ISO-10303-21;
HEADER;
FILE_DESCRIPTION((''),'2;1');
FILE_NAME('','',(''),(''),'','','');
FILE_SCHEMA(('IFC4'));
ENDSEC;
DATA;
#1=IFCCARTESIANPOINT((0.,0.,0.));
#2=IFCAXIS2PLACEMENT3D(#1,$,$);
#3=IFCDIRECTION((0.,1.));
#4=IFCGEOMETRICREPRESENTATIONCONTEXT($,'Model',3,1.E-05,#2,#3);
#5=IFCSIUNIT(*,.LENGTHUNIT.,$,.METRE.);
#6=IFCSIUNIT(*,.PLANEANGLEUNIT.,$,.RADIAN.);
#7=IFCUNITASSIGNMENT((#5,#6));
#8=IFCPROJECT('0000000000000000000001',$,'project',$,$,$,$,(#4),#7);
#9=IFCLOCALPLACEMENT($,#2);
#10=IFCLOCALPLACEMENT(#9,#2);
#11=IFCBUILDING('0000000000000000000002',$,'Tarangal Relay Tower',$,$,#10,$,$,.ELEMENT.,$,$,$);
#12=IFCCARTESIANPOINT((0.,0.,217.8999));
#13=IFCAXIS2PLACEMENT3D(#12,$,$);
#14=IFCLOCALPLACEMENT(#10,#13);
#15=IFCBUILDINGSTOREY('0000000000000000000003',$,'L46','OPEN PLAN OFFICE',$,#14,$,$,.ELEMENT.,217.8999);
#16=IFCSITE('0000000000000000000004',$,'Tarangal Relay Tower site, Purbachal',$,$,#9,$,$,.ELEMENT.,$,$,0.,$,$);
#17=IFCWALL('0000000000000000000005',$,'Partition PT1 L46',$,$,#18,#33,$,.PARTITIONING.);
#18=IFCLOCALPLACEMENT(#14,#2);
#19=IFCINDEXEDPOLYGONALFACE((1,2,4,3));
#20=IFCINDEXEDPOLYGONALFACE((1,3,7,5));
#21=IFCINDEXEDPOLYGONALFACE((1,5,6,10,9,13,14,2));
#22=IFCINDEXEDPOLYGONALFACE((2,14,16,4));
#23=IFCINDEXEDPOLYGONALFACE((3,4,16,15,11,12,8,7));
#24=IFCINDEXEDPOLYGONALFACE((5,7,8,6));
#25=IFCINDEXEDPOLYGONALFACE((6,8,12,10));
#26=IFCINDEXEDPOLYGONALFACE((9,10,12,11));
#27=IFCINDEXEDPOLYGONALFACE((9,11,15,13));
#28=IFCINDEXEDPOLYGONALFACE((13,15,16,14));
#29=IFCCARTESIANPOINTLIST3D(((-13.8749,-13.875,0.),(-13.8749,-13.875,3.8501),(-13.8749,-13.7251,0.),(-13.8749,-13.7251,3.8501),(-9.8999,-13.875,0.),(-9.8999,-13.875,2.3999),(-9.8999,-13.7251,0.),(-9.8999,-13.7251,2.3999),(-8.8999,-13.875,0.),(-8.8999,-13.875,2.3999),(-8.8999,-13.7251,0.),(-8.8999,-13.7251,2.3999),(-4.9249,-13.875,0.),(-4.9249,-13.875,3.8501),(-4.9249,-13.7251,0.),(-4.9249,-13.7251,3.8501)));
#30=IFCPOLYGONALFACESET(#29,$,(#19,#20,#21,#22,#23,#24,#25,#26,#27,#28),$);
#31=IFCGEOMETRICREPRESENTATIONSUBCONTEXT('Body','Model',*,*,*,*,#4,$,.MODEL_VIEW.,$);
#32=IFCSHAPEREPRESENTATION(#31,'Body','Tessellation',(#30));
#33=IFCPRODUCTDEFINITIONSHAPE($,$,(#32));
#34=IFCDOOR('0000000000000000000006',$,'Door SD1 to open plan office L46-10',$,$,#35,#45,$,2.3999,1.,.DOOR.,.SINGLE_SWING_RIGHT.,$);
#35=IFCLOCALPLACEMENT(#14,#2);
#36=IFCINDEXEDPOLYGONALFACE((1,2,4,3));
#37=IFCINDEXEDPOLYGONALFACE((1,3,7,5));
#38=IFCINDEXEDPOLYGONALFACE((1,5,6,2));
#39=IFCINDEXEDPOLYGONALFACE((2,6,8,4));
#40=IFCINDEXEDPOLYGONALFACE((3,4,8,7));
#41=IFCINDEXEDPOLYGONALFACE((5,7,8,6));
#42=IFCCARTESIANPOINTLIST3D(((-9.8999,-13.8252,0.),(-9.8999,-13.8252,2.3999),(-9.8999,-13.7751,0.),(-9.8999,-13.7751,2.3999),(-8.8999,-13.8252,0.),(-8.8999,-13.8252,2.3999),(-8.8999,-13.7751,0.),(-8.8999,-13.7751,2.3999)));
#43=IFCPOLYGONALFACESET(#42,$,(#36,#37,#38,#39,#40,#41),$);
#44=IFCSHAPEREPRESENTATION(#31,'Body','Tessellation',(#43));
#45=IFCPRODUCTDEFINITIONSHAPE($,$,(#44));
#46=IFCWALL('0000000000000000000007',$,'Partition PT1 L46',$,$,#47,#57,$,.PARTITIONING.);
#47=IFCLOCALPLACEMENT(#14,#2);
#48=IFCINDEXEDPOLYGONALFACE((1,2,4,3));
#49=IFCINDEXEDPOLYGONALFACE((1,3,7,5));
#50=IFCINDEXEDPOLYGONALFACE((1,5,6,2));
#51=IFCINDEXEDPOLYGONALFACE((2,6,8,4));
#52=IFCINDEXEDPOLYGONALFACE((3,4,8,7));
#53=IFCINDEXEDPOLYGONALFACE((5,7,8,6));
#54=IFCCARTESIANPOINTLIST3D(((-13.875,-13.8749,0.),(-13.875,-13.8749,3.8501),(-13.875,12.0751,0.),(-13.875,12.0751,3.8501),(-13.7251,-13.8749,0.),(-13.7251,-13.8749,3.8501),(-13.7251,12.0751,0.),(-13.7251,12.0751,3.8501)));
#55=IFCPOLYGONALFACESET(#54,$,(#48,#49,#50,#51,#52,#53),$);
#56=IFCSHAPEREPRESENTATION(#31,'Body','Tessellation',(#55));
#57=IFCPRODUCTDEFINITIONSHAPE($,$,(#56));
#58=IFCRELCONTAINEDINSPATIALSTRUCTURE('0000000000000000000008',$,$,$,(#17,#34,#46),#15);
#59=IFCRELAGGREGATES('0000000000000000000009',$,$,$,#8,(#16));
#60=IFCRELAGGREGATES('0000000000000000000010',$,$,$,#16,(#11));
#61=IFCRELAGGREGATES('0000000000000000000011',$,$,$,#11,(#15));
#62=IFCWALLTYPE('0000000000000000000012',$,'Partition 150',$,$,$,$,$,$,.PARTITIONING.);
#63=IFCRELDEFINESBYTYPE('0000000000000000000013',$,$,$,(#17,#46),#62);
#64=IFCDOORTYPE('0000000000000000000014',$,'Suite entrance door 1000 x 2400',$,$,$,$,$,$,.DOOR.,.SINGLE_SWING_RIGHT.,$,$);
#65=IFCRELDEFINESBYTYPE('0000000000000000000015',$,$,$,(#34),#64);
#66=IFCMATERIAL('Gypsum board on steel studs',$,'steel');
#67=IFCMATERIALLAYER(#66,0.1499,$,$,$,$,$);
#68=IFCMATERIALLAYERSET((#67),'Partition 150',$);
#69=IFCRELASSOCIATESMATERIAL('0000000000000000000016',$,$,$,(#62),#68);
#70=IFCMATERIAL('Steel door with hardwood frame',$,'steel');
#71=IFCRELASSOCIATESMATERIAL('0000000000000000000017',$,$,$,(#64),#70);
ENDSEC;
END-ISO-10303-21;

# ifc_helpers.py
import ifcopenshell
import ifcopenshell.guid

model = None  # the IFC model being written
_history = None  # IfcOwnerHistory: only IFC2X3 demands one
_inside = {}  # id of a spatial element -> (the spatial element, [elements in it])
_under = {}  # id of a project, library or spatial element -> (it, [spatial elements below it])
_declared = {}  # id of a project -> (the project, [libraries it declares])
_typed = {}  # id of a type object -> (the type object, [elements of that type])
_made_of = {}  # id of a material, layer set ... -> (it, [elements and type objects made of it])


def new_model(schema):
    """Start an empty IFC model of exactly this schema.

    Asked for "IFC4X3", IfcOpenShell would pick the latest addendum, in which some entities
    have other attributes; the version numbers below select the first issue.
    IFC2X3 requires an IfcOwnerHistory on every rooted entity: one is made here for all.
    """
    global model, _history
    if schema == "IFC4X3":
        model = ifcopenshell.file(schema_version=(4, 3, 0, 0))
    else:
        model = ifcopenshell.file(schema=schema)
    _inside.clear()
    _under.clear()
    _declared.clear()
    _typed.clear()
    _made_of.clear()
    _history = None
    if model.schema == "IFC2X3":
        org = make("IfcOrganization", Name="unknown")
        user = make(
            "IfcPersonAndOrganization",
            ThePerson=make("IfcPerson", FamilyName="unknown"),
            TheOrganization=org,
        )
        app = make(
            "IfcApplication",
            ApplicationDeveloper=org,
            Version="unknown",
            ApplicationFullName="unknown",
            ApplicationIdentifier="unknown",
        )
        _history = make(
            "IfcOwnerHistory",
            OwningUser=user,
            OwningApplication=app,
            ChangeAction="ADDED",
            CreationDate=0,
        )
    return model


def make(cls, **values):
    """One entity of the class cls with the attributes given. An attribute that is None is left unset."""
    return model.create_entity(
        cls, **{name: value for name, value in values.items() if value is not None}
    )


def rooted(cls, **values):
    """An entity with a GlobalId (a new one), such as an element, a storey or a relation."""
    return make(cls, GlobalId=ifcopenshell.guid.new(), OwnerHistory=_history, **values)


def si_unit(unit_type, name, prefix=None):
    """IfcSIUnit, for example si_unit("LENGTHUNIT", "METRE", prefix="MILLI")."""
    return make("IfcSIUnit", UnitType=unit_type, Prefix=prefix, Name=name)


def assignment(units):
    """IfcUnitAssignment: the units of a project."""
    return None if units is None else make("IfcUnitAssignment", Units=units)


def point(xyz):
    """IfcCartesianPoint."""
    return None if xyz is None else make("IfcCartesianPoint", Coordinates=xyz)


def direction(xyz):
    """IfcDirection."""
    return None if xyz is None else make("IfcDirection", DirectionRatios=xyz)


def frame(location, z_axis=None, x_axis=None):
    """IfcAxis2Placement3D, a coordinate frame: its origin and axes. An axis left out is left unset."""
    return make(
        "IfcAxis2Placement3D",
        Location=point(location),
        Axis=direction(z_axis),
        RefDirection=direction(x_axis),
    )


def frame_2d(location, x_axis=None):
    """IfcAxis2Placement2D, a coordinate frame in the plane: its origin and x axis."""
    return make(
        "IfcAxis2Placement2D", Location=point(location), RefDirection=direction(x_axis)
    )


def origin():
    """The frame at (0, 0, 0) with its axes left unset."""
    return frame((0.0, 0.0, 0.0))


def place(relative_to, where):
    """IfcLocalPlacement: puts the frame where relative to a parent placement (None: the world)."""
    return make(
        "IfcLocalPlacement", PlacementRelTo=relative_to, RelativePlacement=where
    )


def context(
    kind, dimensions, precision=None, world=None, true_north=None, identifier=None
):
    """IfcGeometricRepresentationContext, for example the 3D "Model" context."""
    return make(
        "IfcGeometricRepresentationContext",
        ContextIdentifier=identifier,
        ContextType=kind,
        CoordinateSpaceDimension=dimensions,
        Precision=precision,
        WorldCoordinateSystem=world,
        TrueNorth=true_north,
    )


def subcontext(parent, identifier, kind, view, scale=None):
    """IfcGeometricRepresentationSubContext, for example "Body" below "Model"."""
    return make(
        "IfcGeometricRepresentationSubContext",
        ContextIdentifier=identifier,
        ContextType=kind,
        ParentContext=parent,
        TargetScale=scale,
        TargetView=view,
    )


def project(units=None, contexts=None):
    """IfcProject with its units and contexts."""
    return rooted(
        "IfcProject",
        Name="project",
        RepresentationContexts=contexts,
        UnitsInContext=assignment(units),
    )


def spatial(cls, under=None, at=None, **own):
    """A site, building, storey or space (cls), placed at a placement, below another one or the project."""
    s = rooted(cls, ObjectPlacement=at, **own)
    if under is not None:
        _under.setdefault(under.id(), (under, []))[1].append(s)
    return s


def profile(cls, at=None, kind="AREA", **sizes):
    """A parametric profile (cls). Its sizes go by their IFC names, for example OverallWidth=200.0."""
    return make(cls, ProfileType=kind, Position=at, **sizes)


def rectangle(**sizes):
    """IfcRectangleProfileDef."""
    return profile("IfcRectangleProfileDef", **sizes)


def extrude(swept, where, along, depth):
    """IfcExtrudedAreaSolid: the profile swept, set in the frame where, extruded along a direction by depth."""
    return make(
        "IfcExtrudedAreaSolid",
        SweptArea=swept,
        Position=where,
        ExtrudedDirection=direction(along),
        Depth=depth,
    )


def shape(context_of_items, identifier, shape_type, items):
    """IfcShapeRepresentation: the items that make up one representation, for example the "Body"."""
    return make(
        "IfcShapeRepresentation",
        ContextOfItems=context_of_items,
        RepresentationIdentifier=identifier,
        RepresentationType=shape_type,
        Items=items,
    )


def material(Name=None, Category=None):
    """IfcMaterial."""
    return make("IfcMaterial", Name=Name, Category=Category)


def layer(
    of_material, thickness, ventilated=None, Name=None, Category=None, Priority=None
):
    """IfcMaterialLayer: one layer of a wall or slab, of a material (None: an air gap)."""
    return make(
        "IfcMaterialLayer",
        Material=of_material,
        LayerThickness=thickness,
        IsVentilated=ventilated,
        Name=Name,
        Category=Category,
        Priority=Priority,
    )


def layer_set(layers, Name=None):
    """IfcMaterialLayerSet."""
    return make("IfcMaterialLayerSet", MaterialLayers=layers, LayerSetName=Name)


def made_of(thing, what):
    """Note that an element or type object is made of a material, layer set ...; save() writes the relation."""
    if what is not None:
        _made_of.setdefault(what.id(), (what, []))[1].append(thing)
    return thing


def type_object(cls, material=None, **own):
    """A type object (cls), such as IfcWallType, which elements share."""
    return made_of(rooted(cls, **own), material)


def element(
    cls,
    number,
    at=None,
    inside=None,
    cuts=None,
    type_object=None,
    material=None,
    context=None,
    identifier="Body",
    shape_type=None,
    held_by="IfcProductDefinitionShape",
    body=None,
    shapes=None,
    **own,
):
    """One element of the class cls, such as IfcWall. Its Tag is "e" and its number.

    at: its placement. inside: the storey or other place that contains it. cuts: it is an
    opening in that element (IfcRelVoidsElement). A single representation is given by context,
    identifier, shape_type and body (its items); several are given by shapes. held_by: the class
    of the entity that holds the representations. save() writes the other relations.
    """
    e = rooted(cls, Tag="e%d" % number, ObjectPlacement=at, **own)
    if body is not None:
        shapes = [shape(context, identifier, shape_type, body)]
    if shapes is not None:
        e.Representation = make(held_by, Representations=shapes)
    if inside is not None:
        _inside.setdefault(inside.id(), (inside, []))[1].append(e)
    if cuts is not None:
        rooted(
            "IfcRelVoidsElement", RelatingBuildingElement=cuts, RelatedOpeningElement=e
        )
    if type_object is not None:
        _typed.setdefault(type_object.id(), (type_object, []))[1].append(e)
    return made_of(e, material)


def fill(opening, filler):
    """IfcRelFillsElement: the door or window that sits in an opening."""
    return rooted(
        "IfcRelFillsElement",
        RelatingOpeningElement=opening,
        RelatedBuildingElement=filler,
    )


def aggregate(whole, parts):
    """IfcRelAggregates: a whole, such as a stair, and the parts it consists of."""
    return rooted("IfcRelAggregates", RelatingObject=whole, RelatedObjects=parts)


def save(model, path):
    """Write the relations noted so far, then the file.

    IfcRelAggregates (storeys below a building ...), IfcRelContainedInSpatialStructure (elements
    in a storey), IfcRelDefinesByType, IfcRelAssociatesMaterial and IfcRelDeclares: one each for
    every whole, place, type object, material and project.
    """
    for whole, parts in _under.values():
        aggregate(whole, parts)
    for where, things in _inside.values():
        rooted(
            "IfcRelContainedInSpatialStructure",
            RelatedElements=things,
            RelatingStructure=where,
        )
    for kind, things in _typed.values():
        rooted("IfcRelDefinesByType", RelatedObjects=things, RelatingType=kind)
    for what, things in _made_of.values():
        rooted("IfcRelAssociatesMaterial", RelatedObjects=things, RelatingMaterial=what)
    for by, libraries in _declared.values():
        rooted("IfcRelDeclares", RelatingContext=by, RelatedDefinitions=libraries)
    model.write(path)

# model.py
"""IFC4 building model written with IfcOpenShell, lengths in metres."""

from ifc_helpers import new_model, si_unit, direction, frame, frame_2d, origin, place, context, subcontext, project, spatial, rectangle, extrude, material, layer, layer_set, type_object, element, fill, save


model = new_model("IFC4")

# Units and contexts
model_context = context("Model", 3, precision=1e-05, world=origin(), true_north=direction((0.0, 1.0)))
body_context = subcontext(model_context, "Body", "Model", "MODEL_VIEW")
ifc_project = project(units=[si_unit("LENGTHUNIT", "METRE"), si_unit("PLANEANGLEUNIT", "RADIAN")], contexts=[model_context])

# Site, building, storey
site_placement = place(None, origin())
site = spatial("IfcSite", under=ifc_project, at=site_placement, Name="Tarangal Relay Tower site, Purbachal", CompositionType="ELEMENT", RefElevation=0.0)
building_placement = place(site_placement, origin())
building = spatial("IfcBuilding", under=site, at=building_placement, Name="Tarangal Relay Tower", CompositionType="ELEMENT")
storey_placement = place(building_placement, frame((0.0, 0.0, 217.8999)))
storey = spatial("IfcBuildingStorey", under=building, at=storey_placement, Name="L46", Description="OPEN PLAN OFFICE", CompositionType="ELEMENT", Elevation=217.8999)

# Wall, opening, door
ifc_material_1 = material(Name="Gypsum board on steel studs", Category="steel")
ifc_layer_1 = layer(ifc_material_1, 0.1499)
ifc_layer_set_1 = layer_set([ifc_layer_1], Name="Partition 150")
wall_type_1 = type_object("IfcWallType", Name="Partition 150", PredefinedType="PARTITIONING", material=ifc_layer_set_1)
wall_1_placement = place(storey_placement, frame((-13.875, -13.8, 0.0), z_axis=(0.0, 0.0, 1.0), x_axis=(1.0, 0.0, 0.0)))
wall_1 = element("IfcWall", 1, at=wall_1_placement, inside=storey, type_object=wall_type_1, Name="Partition PT1 L46", PredefinedType="PARTITIONING", context=body_context, shape_type="SweptSolid", body=[
    extrude(rectangle(XDim=8.95, YDim=0.1499, at=frame_2d((4.4751, 0.0))), origin(), (0.0, 0.0, 1.0), 3.8501),
])
opening_1_placement = place(wall_1_placement, frame((3.9751, 0.0, 0.0)))
opening_1 = element("IfcOpeningElement", 2, at=opening_1_placement, cuts=wall_1, PredefinedType="OPENING", context=body_context, shape_type="SweptSolid", body=[
    extrude(rectangle(XDim=1.0, YDim=2.3999, at=frame_2d((0.5, 1.2))), frame((0.0, 0.085, 0.0), z_axis=(0.0, -1.0, 0.0), x_axis=(1.0, 0.0, 0.0)), (0.0, 0.0, 1.0), 0.1699),
])
ifc_material_2 = material(Name="Steel door with hardwood frame", Category="steel")
door_type_1 = type_object("IfcDoorType", Name="Suite entrance door 1000 x 2400", OperationType="SINGLE_SWING_RIGHT", PredefinedType="DOOR", material=ifc_material_2)
door_1_placement = place(opening_1_placement, origin())
door_1 = element("IfcDoor", 3, at=door_1_placement, inside=storey, type_object=door_type_1, Name="Door SD1 to open plan office L46-10", OperationType="SINGLE_SWING_RIGHT", OverallHeight=2.3999, OverallWidth=1.0, PredefinedType="DOOR", context=body_context, shape_type="SweptSolid", body=[
    extrude(rectangle(XDim=1.0, YDim=2.3999, at=frame_2d((0.5, 1.2))), frame((0.0, 0.0249, 0.0), z_axis=(0.0, -1.0, 0.0), x_axis=(1.0, 0.0, 0.0)), (0.0, 0.0, 1.0), 0.05),
])
fill(opening_1, door_1)

# Wall
wall_2_placement = place(storey_placement, frame((-13.8, -13.875, 0.0), z_axis=(0.0, 0.0, 1.0), x_axis=(0.0, 1.0, 0.0)))
element("IfcWall", 4, at=wall_2_placement, inside=storey, type_object=wall_type_1, Name="Partition PT1 L46", PredefinedType="PARTITIONING", context=body_context, shape_type="SweptSolid", body=[
    extrude(rectangle(XDim=25.95, YDim=0.1499, at=frame_2d((12.9751, 0.0))), origin(), (0.0, 0.0, 1.0), 3.8501),
])

save(model, "model.ifc")
